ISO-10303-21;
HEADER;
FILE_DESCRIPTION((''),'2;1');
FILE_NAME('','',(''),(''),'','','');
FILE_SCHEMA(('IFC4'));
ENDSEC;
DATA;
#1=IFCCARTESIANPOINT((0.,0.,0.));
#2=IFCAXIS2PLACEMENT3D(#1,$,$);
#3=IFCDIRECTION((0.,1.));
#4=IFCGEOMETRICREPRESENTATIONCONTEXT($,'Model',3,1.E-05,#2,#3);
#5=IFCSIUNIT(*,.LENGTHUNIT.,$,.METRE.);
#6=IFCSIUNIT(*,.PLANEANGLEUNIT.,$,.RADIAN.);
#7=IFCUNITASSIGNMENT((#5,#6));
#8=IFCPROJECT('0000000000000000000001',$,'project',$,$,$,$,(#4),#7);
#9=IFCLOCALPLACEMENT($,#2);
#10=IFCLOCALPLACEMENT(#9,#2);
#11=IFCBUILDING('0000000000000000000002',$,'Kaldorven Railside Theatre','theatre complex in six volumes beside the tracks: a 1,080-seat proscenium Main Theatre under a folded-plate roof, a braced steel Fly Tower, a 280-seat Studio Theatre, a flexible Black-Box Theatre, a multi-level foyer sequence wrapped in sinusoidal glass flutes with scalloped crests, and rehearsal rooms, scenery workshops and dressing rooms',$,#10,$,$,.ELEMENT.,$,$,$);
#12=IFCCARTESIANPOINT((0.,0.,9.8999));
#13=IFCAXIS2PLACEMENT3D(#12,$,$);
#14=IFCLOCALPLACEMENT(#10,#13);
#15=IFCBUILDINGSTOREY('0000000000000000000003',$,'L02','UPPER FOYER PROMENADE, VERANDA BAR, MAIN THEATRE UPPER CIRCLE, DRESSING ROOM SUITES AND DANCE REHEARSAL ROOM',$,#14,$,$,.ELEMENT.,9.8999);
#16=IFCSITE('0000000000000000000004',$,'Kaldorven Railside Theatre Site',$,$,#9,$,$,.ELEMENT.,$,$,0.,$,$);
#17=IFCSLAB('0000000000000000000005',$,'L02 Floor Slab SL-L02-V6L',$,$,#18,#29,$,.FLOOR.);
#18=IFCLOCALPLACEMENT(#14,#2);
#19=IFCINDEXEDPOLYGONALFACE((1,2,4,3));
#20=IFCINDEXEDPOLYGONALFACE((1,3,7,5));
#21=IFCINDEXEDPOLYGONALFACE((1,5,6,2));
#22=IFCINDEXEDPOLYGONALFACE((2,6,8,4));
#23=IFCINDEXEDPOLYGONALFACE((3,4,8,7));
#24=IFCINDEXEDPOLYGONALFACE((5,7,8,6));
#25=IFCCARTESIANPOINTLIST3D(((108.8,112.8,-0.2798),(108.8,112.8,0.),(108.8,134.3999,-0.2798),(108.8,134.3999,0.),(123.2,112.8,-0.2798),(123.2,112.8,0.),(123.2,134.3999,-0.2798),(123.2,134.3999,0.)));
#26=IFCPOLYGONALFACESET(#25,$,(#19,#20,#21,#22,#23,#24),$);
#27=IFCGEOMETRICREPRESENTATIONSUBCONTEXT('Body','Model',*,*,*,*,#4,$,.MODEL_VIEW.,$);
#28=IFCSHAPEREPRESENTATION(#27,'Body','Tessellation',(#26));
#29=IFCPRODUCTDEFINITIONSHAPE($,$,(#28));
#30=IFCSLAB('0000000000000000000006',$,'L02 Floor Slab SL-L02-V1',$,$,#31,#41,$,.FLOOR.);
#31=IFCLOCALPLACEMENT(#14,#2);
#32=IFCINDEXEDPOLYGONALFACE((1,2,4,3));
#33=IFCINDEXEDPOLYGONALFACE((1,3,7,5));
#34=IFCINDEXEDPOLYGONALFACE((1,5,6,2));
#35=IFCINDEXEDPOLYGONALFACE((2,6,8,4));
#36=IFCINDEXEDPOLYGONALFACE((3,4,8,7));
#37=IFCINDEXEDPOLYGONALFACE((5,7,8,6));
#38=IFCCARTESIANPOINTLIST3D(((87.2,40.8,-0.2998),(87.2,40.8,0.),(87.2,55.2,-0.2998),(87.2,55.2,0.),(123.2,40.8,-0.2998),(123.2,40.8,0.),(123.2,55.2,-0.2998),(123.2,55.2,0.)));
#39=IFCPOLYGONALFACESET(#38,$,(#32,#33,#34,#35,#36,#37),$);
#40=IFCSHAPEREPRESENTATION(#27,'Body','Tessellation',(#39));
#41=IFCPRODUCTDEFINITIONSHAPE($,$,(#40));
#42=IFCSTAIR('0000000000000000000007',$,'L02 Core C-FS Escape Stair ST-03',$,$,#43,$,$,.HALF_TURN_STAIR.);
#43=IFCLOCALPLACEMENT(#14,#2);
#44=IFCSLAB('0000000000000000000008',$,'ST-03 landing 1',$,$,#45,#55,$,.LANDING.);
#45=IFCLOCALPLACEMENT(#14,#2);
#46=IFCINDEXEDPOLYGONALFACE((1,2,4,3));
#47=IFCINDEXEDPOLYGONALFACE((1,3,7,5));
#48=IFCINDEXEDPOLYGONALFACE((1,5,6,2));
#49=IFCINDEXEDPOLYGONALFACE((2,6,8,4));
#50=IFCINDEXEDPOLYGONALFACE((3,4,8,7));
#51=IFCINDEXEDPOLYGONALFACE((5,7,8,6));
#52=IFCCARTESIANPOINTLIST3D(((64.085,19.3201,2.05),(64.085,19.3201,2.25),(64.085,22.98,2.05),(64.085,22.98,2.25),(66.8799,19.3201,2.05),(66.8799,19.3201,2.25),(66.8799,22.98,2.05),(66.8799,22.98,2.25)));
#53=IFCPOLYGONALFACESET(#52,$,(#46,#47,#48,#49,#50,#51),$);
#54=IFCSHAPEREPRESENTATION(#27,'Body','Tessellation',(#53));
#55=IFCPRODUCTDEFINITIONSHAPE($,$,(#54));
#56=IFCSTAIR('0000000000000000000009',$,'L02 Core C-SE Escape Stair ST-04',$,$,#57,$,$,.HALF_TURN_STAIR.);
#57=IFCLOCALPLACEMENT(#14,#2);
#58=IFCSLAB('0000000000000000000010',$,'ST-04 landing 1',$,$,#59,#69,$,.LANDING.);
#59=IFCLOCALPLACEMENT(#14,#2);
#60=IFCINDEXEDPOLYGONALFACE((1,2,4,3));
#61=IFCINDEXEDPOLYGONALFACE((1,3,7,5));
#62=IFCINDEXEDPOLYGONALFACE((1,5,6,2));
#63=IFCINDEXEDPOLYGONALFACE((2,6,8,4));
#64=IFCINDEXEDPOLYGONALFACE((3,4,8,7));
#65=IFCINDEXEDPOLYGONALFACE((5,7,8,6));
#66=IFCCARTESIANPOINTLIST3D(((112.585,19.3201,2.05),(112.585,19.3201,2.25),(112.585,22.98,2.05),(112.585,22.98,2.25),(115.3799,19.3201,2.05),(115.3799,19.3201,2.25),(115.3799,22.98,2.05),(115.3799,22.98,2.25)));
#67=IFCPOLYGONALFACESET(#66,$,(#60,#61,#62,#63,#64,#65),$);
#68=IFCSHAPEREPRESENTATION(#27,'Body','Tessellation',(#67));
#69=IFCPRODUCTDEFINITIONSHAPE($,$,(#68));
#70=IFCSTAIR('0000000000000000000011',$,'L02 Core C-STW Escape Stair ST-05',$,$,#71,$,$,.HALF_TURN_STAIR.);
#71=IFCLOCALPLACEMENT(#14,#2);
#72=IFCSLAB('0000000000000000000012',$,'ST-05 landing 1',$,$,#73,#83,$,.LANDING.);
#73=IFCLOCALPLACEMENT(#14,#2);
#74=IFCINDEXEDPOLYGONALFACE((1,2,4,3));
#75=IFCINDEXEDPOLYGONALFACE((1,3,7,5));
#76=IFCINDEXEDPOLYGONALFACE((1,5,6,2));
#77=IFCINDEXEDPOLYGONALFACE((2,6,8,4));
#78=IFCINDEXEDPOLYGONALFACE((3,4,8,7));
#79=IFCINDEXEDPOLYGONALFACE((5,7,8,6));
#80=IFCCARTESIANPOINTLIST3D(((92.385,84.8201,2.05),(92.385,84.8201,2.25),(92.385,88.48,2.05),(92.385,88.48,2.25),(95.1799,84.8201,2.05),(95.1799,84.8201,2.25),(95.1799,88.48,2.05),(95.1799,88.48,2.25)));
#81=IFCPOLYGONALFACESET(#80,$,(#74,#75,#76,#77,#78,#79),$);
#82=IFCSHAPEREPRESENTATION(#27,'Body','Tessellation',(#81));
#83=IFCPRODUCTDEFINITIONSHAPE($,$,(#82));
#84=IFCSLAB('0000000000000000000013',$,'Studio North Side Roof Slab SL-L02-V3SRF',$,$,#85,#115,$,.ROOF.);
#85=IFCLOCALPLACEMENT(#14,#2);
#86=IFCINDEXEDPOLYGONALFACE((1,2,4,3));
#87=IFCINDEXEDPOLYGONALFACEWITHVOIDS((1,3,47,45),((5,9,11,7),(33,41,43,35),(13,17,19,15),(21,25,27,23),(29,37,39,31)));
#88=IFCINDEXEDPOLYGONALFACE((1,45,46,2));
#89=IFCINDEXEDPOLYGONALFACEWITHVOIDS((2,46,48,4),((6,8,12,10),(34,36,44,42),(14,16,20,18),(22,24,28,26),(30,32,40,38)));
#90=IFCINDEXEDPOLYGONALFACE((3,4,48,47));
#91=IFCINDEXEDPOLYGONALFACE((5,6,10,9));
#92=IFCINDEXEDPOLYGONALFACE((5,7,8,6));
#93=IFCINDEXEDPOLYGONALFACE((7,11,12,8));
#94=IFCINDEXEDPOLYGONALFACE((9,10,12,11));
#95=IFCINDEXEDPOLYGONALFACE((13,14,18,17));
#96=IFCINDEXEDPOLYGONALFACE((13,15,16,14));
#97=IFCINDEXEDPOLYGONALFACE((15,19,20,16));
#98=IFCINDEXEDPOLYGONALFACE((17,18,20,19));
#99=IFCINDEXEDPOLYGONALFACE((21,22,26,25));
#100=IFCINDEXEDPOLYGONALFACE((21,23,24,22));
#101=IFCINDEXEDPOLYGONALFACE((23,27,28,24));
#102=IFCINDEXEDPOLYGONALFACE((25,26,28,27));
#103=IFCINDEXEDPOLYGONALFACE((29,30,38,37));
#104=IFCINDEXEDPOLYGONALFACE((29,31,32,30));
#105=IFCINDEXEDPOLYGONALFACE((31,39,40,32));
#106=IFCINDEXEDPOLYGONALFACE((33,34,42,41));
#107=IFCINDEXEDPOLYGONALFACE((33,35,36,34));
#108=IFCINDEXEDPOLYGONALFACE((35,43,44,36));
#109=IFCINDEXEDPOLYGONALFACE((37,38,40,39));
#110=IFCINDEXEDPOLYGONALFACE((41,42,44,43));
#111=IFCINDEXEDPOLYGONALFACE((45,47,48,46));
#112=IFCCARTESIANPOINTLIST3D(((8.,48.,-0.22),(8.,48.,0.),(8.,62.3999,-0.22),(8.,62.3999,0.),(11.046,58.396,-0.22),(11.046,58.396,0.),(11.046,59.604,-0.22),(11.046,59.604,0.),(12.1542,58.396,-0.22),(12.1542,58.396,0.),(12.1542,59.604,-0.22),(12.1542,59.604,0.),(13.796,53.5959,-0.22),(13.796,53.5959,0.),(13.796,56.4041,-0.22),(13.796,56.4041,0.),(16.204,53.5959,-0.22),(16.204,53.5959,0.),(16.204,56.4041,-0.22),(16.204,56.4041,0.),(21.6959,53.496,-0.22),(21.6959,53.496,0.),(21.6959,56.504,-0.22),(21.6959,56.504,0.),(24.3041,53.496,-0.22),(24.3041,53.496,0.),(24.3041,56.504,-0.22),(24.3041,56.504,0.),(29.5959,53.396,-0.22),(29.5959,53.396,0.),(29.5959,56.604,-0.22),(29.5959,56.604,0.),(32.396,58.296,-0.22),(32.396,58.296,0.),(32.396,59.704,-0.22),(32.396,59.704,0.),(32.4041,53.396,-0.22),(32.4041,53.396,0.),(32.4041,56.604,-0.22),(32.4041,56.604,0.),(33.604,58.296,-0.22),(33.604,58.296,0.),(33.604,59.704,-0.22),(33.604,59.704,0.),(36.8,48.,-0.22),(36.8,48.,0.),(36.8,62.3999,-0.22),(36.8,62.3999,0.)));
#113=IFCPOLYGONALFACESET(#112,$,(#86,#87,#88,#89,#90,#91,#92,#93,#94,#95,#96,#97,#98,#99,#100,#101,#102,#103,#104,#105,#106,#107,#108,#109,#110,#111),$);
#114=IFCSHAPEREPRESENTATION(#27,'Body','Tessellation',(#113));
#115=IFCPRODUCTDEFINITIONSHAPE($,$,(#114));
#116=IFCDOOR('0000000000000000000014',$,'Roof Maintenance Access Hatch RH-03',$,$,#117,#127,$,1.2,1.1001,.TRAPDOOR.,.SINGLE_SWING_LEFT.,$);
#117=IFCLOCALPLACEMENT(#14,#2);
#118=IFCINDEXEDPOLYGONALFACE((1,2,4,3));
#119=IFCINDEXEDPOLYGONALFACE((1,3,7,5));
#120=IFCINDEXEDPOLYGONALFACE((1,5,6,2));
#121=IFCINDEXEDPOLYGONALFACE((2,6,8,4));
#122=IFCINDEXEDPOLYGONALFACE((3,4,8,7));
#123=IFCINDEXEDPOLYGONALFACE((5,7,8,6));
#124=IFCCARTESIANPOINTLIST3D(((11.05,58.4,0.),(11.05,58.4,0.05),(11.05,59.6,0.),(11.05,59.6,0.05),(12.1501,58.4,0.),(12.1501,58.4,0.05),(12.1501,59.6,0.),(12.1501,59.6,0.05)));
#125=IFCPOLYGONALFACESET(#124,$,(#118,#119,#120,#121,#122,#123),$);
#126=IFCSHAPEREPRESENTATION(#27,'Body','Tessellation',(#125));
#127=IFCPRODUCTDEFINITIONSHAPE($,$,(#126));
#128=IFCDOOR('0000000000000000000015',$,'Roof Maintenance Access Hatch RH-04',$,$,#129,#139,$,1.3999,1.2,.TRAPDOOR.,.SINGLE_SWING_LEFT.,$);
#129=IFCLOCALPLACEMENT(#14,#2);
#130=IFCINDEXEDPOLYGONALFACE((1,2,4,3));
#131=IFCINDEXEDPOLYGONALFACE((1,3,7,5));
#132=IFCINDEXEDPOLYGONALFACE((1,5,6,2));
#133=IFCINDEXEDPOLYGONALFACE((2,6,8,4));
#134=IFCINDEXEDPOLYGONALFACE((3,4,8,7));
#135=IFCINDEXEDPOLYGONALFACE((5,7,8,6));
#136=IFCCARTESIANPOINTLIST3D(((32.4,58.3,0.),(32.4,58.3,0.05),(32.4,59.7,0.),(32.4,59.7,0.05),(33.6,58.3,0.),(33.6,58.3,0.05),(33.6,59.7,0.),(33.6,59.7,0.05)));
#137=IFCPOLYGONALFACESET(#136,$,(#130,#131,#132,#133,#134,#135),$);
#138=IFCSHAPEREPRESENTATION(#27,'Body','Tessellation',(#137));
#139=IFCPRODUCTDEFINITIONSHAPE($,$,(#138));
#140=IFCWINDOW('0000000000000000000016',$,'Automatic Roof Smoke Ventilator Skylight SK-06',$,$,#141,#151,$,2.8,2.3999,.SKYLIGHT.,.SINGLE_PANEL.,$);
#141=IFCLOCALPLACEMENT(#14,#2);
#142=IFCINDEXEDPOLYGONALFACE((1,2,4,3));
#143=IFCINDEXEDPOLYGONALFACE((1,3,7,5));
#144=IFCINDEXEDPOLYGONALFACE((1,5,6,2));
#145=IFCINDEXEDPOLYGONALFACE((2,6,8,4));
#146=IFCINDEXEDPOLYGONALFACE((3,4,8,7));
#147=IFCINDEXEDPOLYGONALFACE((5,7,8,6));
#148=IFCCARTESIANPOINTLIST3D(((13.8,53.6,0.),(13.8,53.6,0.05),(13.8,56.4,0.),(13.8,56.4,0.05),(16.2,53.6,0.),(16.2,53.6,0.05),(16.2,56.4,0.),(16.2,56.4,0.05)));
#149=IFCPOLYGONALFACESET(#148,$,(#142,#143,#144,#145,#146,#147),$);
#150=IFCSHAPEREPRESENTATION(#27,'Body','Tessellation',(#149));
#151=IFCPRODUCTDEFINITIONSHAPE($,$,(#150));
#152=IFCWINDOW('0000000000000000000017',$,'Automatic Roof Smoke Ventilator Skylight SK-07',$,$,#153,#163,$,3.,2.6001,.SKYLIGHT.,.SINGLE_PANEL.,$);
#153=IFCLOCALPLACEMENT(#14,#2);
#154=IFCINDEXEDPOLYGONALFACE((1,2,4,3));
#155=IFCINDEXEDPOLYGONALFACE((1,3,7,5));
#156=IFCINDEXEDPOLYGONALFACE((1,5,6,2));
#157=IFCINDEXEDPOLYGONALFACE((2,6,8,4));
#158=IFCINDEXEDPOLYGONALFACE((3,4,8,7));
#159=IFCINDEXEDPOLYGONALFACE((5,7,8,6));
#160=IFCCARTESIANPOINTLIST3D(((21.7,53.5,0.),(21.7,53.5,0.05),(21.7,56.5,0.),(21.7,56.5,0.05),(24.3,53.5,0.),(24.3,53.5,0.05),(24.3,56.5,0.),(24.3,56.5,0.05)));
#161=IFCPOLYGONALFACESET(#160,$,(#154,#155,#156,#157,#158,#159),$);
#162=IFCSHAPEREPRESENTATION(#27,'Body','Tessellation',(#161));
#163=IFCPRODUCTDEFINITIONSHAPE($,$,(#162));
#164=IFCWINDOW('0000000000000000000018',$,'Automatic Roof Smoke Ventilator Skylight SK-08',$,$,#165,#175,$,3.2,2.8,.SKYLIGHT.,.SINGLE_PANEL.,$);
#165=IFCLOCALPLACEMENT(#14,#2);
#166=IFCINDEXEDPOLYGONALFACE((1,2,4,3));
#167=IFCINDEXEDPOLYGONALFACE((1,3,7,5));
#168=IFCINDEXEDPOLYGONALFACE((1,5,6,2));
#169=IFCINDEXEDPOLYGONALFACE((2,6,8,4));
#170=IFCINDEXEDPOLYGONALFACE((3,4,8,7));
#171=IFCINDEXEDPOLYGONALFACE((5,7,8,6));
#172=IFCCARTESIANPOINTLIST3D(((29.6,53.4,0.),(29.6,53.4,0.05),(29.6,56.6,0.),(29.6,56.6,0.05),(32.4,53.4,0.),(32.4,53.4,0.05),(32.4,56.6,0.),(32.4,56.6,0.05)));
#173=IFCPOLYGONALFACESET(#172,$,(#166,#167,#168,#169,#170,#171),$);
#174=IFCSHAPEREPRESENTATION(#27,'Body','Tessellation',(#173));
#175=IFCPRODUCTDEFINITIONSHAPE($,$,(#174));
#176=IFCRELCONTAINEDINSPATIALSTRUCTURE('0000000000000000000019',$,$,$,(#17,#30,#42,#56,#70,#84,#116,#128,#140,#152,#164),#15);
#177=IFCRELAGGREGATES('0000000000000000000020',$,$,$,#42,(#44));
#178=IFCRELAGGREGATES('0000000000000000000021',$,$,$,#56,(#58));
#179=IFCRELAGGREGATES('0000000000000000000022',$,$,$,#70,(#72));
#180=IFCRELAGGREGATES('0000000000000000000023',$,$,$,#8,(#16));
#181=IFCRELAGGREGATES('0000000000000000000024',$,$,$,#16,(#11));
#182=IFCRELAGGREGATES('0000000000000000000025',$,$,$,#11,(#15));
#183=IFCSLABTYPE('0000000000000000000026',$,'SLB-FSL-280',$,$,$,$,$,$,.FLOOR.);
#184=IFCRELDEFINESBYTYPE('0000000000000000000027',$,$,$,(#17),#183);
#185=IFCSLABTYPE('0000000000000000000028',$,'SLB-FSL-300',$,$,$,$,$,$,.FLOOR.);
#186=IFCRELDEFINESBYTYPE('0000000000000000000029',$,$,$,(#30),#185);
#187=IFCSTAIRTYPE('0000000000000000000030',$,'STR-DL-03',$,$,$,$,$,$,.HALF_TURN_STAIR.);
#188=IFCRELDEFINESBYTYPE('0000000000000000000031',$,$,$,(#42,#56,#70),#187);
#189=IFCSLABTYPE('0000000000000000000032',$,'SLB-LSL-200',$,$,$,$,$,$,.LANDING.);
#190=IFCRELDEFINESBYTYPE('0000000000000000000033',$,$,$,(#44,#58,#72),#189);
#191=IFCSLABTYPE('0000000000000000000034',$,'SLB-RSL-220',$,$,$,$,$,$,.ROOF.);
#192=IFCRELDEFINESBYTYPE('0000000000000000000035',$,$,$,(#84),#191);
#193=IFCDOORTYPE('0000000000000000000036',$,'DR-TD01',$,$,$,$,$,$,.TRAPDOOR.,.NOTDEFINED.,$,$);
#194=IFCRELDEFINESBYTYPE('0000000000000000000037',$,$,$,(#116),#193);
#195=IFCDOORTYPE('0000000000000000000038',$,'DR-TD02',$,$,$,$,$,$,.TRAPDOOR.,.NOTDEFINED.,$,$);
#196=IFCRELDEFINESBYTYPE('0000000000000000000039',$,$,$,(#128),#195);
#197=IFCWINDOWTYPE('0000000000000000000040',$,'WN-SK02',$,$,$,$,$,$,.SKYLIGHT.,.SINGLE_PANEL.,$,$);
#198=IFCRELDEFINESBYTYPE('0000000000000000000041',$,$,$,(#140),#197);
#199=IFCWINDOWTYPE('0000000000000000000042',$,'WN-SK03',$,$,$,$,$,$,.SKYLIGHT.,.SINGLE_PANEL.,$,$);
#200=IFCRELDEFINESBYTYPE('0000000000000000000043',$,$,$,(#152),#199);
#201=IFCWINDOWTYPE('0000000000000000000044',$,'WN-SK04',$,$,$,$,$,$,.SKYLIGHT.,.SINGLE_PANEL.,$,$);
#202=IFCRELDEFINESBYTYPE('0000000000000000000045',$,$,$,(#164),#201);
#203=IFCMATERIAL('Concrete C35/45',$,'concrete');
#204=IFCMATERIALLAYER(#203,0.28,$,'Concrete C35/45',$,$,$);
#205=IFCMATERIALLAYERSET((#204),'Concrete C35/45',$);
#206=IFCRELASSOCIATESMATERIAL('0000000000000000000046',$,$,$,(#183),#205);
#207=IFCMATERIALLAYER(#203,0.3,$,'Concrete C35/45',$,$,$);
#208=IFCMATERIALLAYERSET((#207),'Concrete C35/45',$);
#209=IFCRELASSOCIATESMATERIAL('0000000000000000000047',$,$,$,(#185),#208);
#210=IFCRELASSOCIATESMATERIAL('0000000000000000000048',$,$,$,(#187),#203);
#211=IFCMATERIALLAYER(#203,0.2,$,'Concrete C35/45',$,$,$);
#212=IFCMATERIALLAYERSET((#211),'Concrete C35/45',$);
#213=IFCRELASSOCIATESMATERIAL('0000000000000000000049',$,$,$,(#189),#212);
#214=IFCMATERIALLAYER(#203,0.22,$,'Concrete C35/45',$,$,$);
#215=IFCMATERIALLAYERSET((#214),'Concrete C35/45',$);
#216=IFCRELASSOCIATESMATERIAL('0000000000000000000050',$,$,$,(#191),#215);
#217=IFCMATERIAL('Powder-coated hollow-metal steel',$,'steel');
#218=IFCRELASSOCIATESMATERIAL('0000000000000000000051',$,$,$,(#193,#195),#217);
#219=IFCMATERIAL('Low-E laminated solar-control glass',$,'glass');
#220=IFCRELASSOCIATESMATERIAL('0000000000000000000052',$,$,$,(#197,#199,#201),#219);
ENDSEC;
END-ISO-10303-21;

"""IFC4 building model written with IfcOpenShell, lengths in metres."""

from ifc_helpers import new_model, si_unit, direction, frame, origin, origin_2d, place, context, subcontext, project, spatial, polyline, rectangle, outline, extrude, material, layer, layer_set, type_object, element, fill, aggregate, save


model = new_model("IFC4")

# Units and contexts
model_context = context("Model", 3, precision=1e-05, world=origin(), true_north=direction((0.0, 1.0)))
body_context = subcontext(model_context, "Body", "Model", "MODEL_VIEW")
ifc_project = project(units=[si_unit("LENGTHUNIT", "METRE"), si_unit("PLANEANGLEUNIT", "RADIAN")], contexts=[model_context])

# Site, building, storey
site_placement = place(None, origin())
site = spatial("IfcSite", under=ifc_project, at=site_placement, Name="Kaldorven Railside Theatre Site", CompositionType="ELEMENT", RefElevation=0.0)
building_placement = place(site_placement, origin())
building = spatial("IfcBuilding", under=site, at=building_placement, Name="Kaldorven Railside Theatre", Description="theatre complex in six volumes beside the tracks: a 1,080-seat proscenium Main Theatre under a folded-plate roof, a braced steel Fly Tower, a 280-seat Studio Theatre, a flexible Black-Box Theatre, a multi-level foyer sequence wrapped in sinusoidal glass flutes with scalloped crests, and rehearsal rooms, scenery workshops and dressing rooms", CompositionType="ELEMENT")
storey_placement = place(building_placement, frame((0.0, 0.0, 9.8999)))
storey = spatial("IfcBuildingStorey", under=building, at=storey_placement, Name="L02", Description="UPPER FOYER PROMENADE, VERANDA BAR, MAIN THEATRE UPPER CIRCLE, DRESSING ROOM SUITES AND DANCE REHEARSAL ROOM", CompositionType="ELEMENT", Elevation=9.8999)

# Slabs
ifc_material_1 = material(Name="Concrete C35/45", Category="concrete")
ifc_layer_1 = layer(ifc_material_1, 0.28, Name="Concrete C35/45")
ifc_layer_set_1 = layer_set([ifc_layer_1], Name="Concrete C35/45")
slab_type_1 = type_object("IfcSlabType", Name="SLB-FSL-280", PredefinedType="FLOOR", material=ifc_layer_set_1)
slab_1_placement = place(storey_placement, frame((0.0, 0.0, -0.2798)))
element("IfcSlab", 1, at=slab_1_placement, inside=storey, type_object=slab_type_1, Name="L02 Floor Slab SL-L02-V6L", PredefinedType="FLOOR", context=body_context, shape_type="SweptSolid", body=[
    extrude(outline(polyline([(108.8, 112.8), (123.2, 112.8), (123.2, 134.3999), (108.8, 134.3999), (108.8, 112.8)])), origin(), (0.0, 0.0, 1.0), 0.2798),
])
ifc_layer_2 = layer(ifc_material_1, 0.3, Name="Concrete C35/45")
ifc_layer_set_2 = layer_set([ifc_layer_2], Name="Concrete C35/45")
slab_type_2 = type_object("IfcSlabType", Name="SLB-FSL-300", PredefinedType="FLOOR", material=ifc_layer_set_2)
slab_2_placement = place(storey_placement, frame((0.0, 0.0, -0.2998)))
element("IfcSlab", 2, at=slab_2_placement, inside=storey, type_object=slab_type_2, Name="L02 Floor Slab SL-L02-V1", PredefinedType="FLOOR", context=body_context, shape_type="SweptSolid", body=[
    extrude(outline(polyline([(87.2, 40.8), (123.2, 40.8), (123.2, 55.2), (87.2, 55.2), (87.2, 40.8)])), origin(), (0.0, 0.0, 1.0), 0.2998),
])

# Stairs, slabs
stair_type = type_object("IfcStairType", Name="STR-DL-03", PredefinedType="HALF_TURN_STAIR", material=ifc_material_1)
stair_1_placement = place(storey_placement, origin())
stair_1 = element("IfcStair", 3, at=stair_1_placement, inside=storey, type_object=stair_type, Name="L02 Core C-FS Escape Stair ST-03", PredefinedType="HALF_TURN_STAIR")
ifc_layer_3 = layer(ifc_material_1, 0.2, Name="Concrete C35/45")
ifc_layer_set_3 = layer_set([ifc_layer_3], Name="Concrete C35/45")
slab_type_3 = type_object("IfcSlabType", Name="SLB-LSL-200", PredefinedType="LANDING", material=ifc_layer_set_3)
slab_3_placement = place(storey_placement, frame((0.0, 0.0, 2.05)))
slab_3 = element("IfcSlab", 4, at=slab_3_placement, type_object=slab_type_3, Name="ST-03 landing 1", PredefinedType="LANDING", context=body_context, shape_type="SweptSolid", body=[
    extrude(outline(polyline([(64.085, 19.3201), (66.8799, 19.3201), (66.8799, 22.98), (64.085, 22.98), (64.085, 19.3201)])), origin(), (0.0, 0.0, 1.0), 0.2),
])
aggregate(stair_1, [slab_3])
stair_2_placement = place(storey_placement, origin())
stair_2 = element("IfcStair", 5, at=stair_2_placement, inside=storey, type_object=stair_type, Name="L02 Core C-SE Escape Stair ST-04", PredefinedType="HALF_TURN_STAIR")
slab_4_placement = place(storey_placement, frame((0.0, 0.0, 2.05)))
slab_4 = element("IfcSlab", 6, at=slab_4_placement, type_object=slab_type_3, Name="ST-04 landing 1", PredefinedType="LANDING", context=body_context, shape_type="SweptSolid", body=[
    extrude(outline(polyline([(112.585, 19.3201), (115.3799, 19.3201), (115.3799, 22.98), (112.585, 22.98), (112.585, 19.3201)])), origin(), (0.0, 0.0, 1.0), 0.2),
])
aggregate(stair_2, [slab_4])
stair_3_placement = place(storey_placement, origin())
stair_3 = element("IfcStair", 7, at=stair_3_placement, inside=storey, type_object=stair_type, Name="L02 Core C-STW Escape Stair ST-05", PredefinedType="HALF_TURN_STAIR")
slab_5_placement = place(storey_placement, frame((0.0, 0.0, 2.05)))
slab_5 = element("IfcSlab", 8, at=slab_5_placement, type_object=slab_type_3, Name="ST-05 landing 1", PredefinedType="LANDING", context=body_context, shape_type="SweptSolid", body=[
    extrude(outline(polyline([(92.385, 84.8201), (95.1799, 84.8201), (95.1799, 88.48), (92.385, 88.48), (92.385, 84.8201)])), origin(), (0.0, 0.0, 1.0), 0.2),
])
aggregate(stair_3, [slab_5])

# Slab, openings, doors, windows
ifc_layer_4 = layer(ifc_material_1, 0.22, Name="Concrete C35/45")
ifc_layer_set_4 = layer_set([ifc_layer_4], Name="Concrete C35/45")
slab_type_4 = type_object("IfcSlabType", Name="SLB-RSL-220", PredefinedType="ROOF", material=ifc_layer_set_4)
slab_6_placement = place(storey_placement, frame((0.0, 0.0, -0.22)))
slab_6 = element("IfcSlab", 9, at=slab_6_placement, inside=storey, type_object=slab_type_4, Name="Studio North Side Roof Slab SL-L02-V3SRF", PredefinedType="ROOF", context=body_context, shape_type="SweptSolid", body=[
    extrude(outline(polyline([(8.0, 48.0), (36.8, 48.0), (36.8, 62.3999), (8.0, 62.3999), (8.0, 48.0)])), origin(), (0.0, 0.0, 1.0), 0.22),
])
opening_1_placement = place(slab_6_placement, frame((15.0, 55.0, -0.01)))
opening_1 = element("IfcOpeningElement", 10, at=opening_1_placement, cuts=slab_6, PredefinedType="OPENING", context=body_context, shape_type="SweptSolid", body=[
    extrude(rectangle(XDim=2.408, YDim=2.8081, at=origin_2d()), origin(), (0.0, 0.0, 1.0), 0.29),
])
opening_2_placement = place(slab_6_placement, frame((23.0, 55.0, -0.01)))
opening_2 = element("IfcOpeningElement", 11, at=opening_2_placement, cuts=slab_6, PredefinedType="OPENING", context=body_context, shape_type="SweptSolid", body=[
    extrude(rectangle(XDim=2.6082, YDim=3.0081, at=origin_2d()), origin(), (0.0, 0.0, 1.0), 0.29),
])
opening_3_placement = place(slab_6_placement, frame((31.0, 55.0, -0.01)))
opening_3 = element("IfcOpeningElement", 12, at=opening_3_placement, cuts=slab_6, PredefinedType="OPENING", context=body_context, shape_type="SweptSolid", body=[
    extrude(rectangle(XDim=2.8081, YDim=3.208, at=origin_2d()), origin(), (0.0, 0.0, 1.0), 0.29),
])
opening_4_placement = place(slab_6_placement, frame((11.6001, 59.0, -0.01)))
opening_4 = element("IfcOpeningElement", 13, at=opening_4_placement, cuts=slab_6, PredefinedType="OPENING", context=body_context, shape_type="SweptSolid", body=[
    extrude(rectangle(XDim=1.1082, YDim=1.208, at=origin_2d()), origin(), (0.0, 0.0, 1.0), 0.29),
])
opening_5_placement = place(slab_6_placement, frame((33.0, 59.0, -0.01)))
opening_5 = element("IfcOpeningElement", 14, at=opening_5_placement, cuts=slab_6, PredefinedType="OPENING", context=body_context, shape_type="SweptSolid", body=[
    extrude(rectangle(XDim=1.208, YDim=1.408, at=origin_2d()), origin(), (0.0, 0.0, 1.0), 0.29),
])
ifc_material_2 = material(Name="Powder-coated hollow-metal steel", Category="steel")
door_type_1 = type_object("IfcDoorType", Name="DR-TD01", OperationType="NOTDEFINED", PredefinedType="TRAPDOOR", material=ifc_material_2)
door_1_placement = place(opening_4_placement, frame((0.0, 0.0, 0.23)))
door_1 = element("IfcDoor", 15, at=door_1_placement, inside=storey, type_object=door_type_1, Name="Roof Maintenance Access Hatch RH-03", OperationType="SINGLE_SWING_LEFT", OverallHeight=1.2, OverallWidth=1.1001, PredefinedType="TRAPDOOR", context=body_context, shape_type="SweptSolid", body=[
    extrude(rectangle(XDim=1.1001, YDim=1.2, at=origin_2d()), origin(), (0.0, 0.0, 1.0), 0.05),
])
fill(opening_4, door_1)
door_type_2 = type_object("IfcDoorType", Name="DR-TD02", OperationType="NOTDEFINED", PredefinedType="TRAPDOOR", material=ifc_material_2)
door_2_placement = place(opening_5_placement, frame((0.0, 0.0, 0.23)))
door_2 = element("IfcDoor", 16, at=door_2_placement, inside=storey, type_object=door_type_2, Name="Roof Maintenance Access Hatch RH-04", OperationType="SINGLE_SWING_LEFT", OverallHeight=1.3999, OverallWidth=1.2, PredefinedType="TRAPDOOR", context=body_context, shape_type="SweptSolid", body=[
    extrude(rectangle(XDim=1.2, YDim=1.3999, at=origin_2d()), origin(), (0.0, 0.0, 1.0), 0.05),
])
fill(opening_5, door_2)
ifc_material_3 = material(Name="Low-E laminated solar-control glass", Category="glass")
window_type_1 = type_object("IfcWindowType", Name="WN-SK02", PartitioningType="SINGLE_PANEL", PredefinedType="SKYLIGHT", material=ifc_material_3)
window_1_placement = place(opening_1_placement, frame((0.0, 0.0, 0.23)))
window_1 = element("IfcWindow", 17, at=window_1_placement, inside=storey, type_object=window_type_1, Name="Automatic Roof Smoke Ventilator Skylight SK-06", OverallHeight=2.8, OverallWidth=2.3999, PartitioningType="SINGLE_PANEL", PredefinedType="SKYLIGHT", context=body_context, shape_type="SweptSolid", body=[
    extrude(rectangle(XDim=2.3999, YDim=2.8, at=origin_2d()), origin(), (0.0, 0.0, 1.0), 0.05),
])
fill(opening_1, window_1)
window_type_2 = type_object("IfcWindowType", Name="WN-SK03", PartitioningType="SINGLE_PANEL", PredefinedType="SKYLIGHT", material=ifc_material_3)
window_2_placement = place(opening_2_placement, frame((0.0, 0.0, 0.23)))
window_2 = element("IfcWindow", 18, at=window_2_placement, inside=storey, type_object=window_type_2, Name="Automatic Roof Smoke Ventilator Skylight SK-07", OverallHeight=3.0, OverallWidth=2.6001, PartitioningType="SINGLE_PANEL", PredefinedType="SKYLIGHT", context=body_context, shape_type="SweptSolid", body=[
    extrude(rectangle(XDim=2.6001, YDim=3.0, at=origin_2d()), origin(), (0.0, 0.0, 1.0), 0.05),
])
fill(opening_2, window_2)
window_type_3 = type_object("IfcWindowType", Name="WN-SK04", PartitioningType="SINGLE_PANEL", PredefinedType="SKYLIGHT", material=ifc_material_3)
window_3_placement = place(opening_3_placement, frame((0.0, 0.0, 0.23)))
window_3 = element("IfcWindow", 19, at=window_3_placement, inside=storey, type_object=window_type_3, Name="Automatic Roof Smoke Ventilator Skylight SK-08", OverallHeight=3.2, OverallWidth=2.8, PartitioningType="SINGLE_PANEL", PredefinedType="SKYLIGHT", context=body_context, shape_type="SweptSolid", body=[
    extrude(rectangle(XDim=2.8, YDim=3.2, at=origin_2d()), origin(), (0.0, 0.0, 1.0), 0.05),
])
fill(opening_3, window_3)

save(model, "model.ifc")
